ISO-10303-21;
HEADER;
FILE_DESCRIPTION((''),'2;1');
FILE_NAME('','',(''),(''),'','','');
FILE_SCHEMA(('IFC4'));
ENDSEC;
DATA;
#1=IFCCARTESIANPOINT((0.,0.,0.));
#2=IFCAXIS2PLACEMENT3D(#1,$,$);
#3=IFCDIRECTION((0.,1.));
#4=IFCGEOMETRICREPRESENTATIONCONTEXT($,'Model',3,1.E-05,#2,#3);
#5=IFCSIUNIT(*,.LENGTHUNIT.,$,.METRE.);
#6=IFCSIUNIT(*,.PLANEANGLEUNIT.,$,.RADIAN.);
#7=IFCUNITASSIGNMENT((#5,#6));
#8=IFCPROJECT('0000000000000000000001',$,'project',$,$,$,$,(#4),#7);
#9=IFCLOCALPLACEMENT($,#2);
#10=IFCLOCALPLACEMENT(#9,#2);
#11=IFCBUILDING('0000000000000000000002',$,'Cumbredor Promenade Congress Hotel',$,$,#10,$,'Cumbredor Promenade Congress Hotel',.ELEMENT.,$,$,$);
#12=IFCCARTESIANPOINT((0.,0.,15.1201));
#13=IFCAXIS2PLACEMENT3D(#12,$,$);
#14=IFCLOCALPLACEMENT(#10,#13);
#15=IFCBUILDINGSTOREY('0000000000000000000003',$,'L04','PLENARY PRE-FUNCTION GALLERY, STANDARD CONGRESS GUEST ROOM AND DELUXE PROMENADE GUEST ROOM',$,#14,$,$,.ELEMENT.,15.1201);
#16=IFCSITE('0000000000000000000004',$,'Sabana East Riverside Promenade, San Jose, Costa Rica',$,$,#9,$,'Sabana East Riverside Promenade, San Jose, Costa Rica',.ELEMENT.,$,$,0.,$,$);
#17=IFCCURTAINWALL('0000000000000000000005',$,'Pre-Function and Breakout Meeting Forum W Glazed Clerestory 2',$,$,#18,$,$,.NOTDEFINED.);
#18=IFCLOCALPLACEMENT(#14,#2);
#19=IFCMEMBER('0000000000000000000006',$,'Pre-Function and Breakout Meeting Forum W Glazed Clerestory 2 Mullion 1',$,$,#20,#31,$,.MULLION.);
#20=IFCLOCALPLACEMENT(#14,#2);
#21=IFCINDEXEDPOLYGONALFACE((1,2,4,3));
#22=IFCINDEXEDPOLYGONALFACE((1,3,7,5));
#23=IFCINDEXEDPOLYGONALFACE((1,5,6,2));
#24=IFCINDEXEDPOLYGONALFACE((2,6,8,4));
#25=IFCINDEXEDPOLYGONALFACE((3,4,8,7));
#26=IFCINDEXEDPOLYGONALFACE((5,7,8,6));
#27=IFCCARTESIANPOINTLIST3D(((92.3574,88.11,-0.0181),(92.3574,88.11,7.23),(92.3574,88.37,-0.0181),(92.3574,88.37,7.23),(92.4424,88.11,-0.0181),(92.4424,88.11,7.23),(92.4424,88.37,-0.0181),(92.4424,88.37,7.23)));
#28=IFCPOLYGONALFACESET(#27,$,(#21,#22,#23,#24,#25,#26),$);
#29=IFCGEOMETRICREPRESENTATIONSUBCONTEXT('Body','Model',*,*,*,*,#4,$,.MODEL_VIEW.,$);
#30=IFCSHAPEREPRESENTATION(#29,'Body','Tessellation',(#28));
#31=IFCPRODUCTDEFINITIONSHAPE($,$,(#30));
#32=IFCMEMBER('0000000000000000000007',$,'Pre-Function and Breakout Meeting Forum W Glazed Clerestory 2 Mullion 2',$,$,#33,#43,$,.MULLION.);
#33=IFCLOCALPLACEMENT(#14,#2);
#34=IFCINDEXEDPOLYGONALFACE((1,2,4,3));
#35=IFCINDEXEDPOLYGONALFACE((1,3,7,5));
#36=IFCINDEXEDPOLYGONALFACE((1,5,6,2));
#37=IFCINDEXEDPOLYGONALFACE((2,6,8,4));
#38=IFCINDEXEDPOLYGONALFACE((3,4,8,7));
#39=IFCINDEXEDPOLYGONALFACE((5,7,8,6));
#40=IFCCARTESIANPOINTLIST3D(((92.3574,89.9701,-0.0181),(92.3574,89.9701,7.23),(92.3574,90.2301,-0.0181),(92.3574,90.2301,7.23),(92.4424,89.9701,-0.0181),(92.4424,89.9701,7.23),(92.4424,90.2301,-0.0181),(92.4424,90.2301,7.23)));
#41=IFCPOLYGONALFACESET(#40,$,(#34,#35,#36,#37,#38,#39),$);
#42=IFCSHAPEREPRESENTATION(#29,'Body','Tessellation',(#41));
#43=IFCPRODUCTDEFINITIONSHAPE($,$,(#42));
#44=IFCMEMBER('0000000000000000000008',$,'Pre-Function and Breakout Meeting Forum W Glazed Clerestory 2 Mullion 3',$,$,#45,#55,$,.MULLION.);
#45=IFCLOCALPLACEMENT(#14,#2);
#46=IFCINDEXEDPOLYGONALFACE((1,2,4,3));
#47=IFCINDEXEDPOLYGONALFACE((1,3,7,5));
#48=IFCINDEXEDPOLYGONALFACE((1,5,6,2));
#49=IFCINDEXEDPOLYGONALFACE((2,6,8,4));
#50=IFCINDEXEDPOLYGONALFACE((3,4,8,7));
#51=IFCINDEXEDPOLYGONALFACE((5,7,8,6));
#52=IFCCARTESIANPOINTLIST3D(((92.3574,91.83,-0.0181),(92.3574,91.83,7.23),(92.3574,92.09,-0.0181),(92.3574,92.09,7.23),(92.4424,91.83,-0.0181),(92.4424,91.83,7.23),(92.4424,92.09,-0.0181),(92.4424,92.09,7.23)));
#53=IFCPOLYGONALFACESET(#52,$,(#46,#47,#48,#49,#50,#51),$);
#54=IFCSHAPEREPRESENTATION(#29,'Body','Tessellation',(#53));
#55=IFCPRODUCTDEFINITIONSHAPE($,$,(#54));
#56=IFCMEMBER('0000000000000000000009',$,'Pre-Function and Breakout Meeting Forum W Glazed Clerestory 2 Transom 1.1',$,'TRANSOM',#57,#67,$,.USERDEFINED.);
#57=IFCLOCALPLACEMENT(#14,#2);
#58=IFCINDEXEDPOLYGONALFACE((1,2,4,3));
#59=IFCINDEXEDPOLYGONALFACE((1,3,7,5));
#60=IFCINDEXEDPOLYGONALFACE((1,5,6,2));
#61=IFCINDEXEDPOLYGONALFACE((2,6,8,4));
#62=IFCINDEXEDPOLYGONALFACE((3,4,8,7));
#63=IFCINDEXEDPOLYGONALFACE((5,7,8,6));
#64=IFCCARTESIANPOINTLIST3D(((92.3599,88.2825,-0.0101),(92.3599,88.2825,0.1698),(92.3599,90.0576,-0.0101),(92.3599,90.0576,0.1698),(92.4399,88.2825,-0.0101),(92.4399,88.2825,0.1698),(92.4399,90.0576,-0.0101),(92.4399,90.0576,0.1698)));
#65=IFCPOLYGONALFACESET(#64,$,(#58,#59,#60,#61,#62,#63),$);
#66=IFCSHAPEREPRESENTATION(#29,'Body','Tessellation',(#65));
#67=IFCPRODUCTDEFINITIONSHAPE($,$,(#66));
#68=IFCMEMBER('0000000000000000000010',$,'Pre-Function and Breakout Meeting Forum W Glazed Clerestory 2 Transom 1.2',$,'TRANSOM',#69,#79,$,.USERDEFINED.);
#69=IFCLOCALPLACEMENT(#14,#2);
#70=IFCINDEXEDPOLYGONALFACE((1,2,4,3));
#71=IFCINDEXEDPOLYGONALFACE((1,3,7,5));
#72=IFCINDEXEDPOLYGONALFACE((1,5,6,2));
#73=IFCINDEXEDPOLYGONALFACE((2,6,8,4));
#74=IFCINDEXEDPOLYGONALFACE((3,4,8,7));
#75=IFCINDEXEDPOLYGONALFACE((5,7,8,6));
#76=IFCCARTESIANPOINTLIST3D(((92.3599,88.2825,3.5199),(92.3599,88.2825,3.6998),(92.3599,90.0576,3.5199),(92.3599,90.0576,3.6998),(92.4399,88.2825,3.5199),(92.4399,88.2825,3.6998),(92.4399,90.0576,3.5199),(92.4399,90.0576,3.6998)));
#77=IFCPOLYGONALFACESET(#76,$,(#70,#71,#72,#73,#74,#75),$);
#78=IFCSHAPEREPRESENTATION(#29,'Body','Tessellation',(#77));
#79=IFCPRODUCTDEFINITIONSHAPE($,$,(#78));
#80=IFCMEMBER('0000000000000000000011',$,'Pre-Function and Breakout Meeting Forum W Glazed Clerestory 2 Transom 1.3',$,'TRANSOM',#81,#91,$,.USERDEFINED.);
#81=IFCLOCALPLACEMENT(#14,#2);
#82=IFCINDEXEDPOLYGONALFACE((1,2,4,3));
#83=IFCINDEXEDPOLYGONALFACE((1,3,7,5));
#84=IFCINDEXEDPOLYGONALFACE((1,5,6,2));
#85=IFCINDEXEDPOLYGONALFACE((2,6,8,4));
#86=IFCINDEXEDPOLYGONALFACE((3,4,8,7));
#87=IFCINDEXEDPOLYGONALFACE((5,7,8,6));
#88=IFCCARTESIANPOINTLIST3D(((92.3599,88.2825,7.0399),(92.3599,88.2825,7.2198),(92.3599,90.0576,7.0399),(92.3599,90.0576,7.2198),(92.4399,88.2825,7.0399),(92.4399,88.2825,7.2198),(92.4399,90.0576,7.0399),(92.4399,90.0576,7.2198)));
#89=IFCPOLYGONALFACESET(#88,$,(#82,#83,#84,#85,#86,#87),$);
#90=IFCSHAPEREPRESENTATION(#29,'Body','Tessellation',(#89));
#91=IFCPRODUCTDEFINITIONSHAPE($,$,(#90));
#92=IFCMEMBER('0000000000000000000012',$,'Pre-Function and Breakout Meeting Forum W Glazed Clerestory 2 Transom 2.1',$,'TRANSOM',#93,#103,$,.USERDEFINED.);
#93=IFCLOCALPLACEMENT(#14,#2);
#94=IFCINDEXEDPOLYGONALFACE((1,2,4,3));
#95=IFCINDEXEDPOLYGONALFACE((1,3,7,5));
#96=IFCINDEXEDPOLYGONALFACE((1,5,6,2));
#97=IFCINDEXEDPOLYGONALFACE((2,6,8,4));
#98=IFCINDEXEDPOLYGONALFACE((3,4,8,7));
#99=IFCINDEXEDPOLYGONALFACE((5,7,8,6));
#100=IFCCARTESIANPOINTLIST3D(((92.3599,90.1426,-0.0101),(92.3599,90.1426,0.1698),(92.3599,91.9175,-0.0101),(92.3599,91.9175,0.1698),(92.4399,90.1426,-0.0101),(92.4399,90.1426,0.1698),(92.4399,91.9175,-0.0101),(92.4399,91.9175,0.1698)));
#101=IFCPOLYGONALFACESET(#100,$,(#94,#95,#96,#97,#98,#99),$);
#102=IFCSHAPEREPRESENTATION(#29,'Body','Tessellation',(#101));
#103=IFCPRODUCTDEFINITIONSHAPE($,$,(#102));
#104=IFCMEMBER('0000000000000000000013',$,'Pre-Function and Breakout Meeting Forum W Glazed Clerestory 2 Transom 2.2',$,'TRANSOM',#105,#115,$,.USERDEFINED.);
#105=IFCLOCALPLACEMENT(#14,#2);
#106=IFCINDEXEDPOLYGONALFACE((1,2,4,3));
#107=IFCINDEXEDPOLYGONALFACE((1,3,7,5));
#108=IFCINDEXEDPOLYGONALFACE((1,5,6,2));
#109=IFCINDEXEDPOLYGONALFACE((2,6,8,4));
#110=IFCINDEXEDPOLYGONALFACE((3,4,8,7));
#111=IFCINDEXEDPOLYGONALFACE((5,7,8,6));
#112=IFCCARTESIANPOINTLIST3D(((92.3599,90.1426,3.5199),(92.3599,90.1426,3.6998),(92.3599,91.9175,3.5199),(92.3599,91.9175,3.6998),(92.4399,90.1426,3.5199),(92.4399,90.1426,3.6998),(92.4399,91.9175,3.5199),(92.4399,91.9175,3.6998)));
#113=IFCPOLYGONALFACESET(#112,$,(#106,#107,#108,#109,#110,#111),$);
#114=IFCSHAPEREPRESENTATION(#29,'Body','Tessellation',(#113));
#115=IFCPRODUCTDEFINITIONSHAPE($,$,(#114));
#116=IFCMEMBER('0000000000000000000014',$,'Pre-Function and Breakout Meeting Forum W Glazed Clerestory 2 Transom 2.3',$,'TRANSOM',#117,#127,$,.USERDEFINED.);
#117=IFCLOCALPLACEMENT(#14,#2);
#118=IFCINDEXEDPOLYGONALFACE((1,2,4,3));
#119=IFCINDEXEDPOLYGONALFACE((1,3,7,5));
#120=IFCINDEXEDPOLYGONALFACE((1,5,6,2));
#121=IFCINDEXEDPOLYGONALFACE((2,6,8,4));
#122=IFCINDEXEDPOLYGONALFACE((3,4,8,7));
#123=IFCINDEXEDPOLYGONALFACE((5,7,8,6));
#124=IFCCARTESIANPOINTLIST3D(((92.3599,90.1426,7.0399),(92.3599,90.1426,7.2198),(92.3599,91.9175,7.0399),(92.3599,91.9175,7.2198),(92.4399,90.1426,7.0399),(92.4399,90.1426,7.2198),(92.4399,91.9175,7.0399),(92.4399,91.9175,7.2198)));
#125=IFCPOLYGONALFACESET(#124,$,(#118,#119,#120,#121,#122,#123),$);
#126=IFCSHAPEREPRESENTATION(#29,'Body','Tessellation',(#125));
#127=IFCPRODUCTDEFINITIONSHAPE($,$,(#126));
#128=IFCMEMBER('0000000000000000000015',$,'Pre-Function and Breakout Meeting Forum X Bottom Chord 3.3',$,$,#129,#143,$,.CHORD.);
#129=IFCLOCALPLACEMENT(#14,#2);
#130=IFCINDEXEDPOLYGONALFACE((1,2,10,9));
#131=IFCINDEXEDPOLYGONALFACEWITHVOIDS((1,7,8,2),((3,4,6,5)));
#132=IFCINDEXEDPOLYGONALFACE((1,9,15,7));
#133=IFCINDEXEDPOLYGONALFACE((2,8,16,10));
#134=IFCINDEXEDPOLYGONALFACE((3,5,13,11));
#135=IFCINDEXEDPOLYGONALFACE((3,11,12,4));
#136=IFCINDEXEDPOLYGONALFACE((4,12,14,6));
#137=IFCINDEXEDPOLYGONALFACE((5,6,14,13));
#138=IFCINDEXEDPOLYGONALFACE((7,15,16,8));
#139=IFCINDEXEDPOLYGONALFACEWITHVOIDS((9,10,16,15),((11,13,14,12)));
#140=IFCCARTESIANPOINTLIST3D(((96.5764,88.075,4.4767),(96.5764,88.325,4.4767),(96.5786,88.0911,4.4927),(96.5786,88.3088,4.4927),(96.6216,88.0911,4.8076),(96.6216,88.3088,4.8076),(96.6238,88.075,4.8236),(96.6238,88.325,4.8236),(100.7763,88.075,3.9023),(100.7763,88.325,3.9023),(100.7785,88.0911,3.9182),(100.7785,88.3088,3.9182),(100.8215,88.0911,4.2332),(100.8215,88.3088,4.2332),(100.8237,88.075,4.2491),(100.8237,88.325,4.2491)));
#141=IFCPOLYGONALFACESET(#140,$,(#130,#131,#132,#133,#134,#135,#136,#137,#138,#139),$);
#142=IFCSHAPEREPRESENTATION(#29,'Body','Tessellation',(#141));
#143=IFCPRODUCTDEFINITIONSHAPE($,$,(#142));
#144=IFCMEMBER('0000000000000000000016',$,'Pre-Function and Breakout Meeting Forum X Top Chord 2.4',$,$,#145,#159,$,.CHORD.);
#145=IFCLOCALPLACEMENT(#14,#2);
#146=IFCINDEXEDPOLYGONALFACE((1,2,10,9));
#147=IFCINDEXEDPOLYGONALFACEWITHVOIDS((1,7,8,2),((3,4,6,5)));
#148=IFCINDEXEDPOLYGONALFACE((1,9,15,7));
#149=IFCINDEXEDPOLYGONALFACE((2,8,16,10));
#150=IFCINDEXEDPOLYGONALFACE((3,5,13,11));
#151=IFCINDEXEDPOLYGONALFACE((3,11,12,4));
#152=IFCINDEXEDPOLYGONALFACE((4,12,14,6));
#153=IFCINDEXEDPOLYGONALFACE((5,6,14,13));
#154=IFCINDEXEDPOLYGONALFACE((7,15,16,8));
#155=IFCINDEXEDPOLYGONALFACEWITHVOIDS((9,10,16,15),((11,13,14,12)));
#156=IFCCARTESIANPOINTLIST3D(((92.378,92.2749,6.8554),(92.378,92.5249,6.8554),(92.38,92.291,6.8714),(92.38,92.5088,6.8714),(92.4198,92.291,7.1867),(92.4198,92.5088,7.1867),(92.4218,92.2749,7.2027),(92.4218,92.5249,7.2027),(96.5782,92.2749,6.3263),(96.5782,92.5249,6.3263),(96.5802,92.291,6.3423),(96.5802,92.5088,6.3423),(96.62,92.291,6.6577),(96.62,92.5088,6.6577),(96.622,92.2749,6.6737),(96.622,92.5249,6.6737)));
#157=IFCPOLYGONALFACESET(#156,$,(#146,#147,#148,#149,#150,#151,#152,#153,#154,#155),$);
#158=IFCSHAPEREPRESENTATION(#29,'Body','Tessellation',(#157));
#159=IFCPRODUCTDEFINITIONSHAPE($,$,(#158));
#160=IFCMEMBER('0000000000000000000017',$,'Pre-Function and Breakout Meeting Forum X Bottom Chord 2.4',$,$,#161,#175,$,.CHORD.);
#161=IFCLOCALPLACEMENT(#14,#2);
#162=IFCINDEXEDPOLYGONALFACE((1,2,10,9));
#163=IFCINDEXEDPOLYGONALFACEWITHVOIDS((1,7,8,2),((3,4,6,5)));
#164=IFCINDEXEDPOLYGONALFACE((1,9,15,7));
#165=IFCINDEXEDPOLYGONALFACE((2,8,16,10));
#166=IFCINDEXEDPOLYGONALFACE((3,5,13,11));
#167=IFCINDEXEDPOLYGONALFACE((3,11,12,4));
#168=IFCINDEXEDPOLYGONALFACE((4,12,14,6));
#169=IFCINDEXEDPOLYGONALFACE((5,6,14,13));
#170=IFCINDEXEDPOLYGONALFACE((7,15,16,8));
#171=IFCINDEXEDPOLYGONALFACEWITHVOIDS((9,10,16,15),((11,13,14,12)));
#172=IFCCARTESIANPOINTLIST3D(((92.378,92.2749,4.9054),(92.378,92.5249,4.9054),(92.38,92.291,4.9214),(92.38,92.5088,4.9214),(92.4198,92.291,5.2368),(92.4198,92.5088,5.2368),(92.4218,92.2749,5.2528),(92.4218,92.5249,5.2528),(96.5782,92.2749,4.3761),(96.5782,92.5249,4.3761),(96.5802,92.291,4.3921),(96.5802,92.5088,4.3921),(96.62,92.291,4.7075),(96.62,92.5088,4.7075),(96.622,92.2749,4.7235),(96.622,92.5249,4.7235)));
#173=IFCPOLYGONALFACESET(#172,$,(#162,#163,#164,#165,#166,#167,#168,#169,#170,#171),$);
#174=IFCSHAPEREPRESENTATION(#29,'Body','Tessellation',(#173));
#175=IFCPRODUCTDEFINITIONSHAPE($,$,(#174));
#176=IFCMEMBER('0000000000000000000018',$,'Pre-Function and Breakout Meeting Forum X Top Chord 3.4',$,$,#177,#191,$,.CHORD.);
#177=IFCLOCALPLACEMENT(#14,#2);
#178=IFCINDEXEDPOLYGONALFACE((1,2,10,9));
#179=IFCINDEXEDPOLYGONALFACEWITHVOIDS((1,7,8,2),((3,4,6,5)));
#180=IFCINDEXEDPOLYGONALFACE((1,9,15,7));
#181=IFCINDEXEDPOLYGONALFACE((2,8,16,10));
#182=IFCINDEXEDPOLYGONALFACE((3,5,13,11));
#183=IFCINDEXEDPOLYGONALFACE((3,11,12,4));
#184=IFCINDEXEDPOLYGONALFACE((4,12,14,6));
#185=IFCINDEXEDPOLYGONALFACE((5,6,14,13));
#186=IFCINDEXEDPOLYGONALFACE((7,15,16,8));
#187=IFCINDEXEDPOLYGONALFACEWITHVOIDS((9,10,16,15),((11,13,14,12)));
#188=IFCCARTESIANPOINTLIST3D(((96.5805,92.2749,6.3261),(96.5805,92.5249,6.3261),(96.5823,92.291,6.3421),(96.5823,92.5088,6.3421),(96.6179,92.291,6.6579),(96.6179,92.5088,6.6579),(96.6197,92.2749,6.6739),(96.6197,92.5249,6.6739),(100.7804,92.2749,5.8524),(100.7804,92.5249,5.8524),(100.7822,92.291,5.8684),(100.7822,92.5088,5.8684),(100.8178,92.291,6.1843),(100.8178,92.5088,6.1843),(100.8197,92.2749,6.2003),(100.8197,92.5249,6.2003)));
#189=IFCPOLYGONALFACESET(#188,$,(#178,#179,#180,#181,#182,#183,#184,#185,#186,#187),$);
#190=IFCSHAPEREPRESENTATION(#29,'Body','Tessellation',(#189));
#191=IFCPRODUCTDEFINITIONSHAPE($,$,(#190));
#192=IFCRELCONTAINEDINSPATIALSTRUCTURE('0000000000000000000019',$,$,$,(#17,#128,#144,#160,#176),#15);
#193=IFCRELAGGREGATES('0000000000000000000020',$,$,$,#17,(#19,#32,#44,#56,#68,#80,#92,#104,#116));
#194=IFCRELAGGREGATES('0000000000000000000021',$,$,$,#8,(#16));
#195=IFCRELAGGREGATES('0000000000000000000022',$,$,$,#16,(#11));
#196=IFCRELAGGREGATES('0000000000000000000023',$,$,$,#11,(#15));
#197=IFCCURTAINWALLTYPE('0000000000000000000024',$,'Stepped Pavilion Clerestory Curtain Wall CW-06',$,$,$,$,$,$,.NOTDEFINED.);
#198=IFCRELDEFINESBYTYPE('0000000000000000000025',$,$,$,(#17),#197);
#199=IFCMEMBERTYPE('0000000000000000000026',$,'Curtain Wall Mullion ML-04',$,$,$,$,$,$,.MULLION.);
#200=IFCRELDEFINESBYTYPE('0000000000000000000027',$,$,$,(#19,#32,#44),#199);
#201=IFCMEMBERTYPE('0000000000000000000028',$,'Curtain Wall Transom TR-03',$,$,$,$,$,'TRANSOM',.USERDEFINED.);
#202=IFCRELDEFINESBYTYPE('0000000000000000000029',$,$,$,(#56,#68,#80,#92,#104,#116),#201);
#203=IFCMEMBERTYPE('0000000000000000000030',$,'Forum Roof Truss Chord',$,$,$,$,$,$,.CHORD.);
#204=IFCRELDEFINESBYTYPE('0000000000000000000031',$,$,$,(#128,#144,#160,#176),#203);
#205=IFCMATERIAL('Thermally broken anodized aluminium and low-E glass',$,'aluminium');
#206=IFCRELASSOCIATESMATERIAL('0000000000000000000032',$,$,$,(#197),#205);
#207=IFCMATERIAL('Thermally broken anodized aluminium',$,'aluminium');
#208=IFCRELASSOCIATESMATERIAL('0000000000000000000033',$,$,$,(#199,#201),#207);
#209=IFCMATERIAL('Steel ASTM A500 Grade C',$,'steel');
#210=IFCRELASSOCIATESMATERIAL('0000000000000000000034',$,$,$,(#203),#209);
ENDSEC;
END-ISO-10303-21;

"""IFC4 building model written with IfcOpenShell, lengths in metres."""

from ifc_helpers import new_model, si_unit, direction, frame, origin, origin_2d, place, context, subcontext, project, spatial, rectangle, hollow_rectangle, extrude, material, material_profile, profile_set, type_object, element, aggregate, save


model = new_model("IFC4")

# Units and contexts
model_context = context("Model", 3, precision=1e-05, world=origin(), true_north=direction((0.0, 1.0)))
body_context = subcontext(model_context, "Body", "Model", "MODEL_VIEW")
ifc_project = project(units=[si_unit("LENGTHUNIT", "METRE"), si_unit("PLANEANGLEUNIT", "RADIAN")], contexts=[model_context])

# Site, building, storey
site_placement = place(None, origin())
site = spatial("IfcSite", under=ifc_project, at=site_placement, Name="Sabana East Riverside Promenade, San Jose, Costa Rica", LongName="Sabana East Riverside Promenade, San Jose, Costa Rica", CompositionType="ELEMENT", RefElevation=0.0)
building_placement = place(site_placement, origin())
building = spatial("IfcBuilding", under=site, at=building_placement, Name="Cumbredor Promenade Congress Hotel", LongName="Cumbredor Promenade Congress Hotel", CompositionType="ELEMENT")
storey_placement = place(building_placement, frame((0.0, 0.0, 15.1201)))
storey = spatial("IfcBuildingStorey", under=building, at=storey_placement, Name="L04", Description="PLENARY PRE-FUNCTION GALLERY, STANDARD CONGRESS GUEST ROOM AND DELUXE PROMENADE GUEST ROOM", CompositionType="ELEMENT", Elevation=15.1201)

# Curtain wall, members
ifc_material_1 = material(Name="Thermally broken anodized aluminium and low-E glass", Category="aluminium")
curtain_wall_type = type_object("IfcCurtainWallType", Name="Stepped Pavilion Clerestory Curtain Wall CW-06", PredefinedType="NOTDEFINED", material=ifc_material_1)
curtain_wall_placement = place(storey_placement, origin())
curtain_wall = element("IfcCurtainWall", 1, at=curtain_wall_placement, inside=storey, type_object=curtain_wall_type, Name="Pre-Function and Breakout Meeting Forum W Glazed Clerestory 2", PredefinedType="NOTDEFINED")
ifc_material_2 = material(Name="Thermally broken anodized aluminium", Category="aluminium")
ifc_material_profile_1 = material_profile(ifc_material_2, rectangle(XDim=0.085, YDim=0.26, at=origin_2d()), Name="ALU MULLION CLERESTORY 85x260")
ifc_profile_set_1 = profile_set([ifc_material_profile_1], Name="Thermally broken anodized aluminium")
member_type_1 = type_object("IfcMemberType", Name="Curtain Wall Mullion ML-04", PredefinedType="MULLION", material=ifc_profile_set_1)
member_1_placement = place(storey_placement, frame((92.3999, 88.24, -0.0181), z_axis=(0.0, 0.0, 1.0), x_axis=(1.0, 0.0, 0.0)))
member_1 = element("IfcMember", 2, at=member_1_placement, type_object=member_type_1, Name="Pre-Function and Breakout Meeting Forum W Glazed Clerestory 2 Mullion 1", PredefinedType="MULLION", context=body_context, shape_type="SweptSolid", body=[
    extrude(rectangle(XDim=0.085, YDim=0.26, at=origin_2d()), origin(), (0.0, 0.0, 1.0), 7.248),
])
member_2_placement = place(storey_placement, frame((92.3999, 90.1001, -0.0181), z_axis=(0.0, 0.0, 1.0), x_axis=(1.0, 0.0, 0.0)))
member_2 = element("IfcMember", 3, at=member_2_placement, type_object=member_type_1, Name="Pre-Function and Breakout Meeting Forum W Glazed Clerestory 2 Mullion 2", PredefinedType="MULLION", context=body_context, shape_type="SweptSolid", body=[
    extrude(rectangle(XDim=0.085, YDim=0.26, at=origin_2d()), origin(), (0.0, 0.0, 1.0), 7.248),
])
member_3_placement = place(storey_placement, frame((92.3999, 91.96, -0.0181), z_axis=(0.0, 0.0, 1.0), x_axis=(1.0, 0.0, 0.0)))
member_3 = element("IfcMember", 4, at=member_3_placement, type_object=member_type_1, Name="Pre-Function and Breakout Meeting Forum W Glazed Clerestory 2 Mullion 3", PredefinedType="MULLION", context=body_context, shape_type="SweptSolid", body=[
    extrude(rectangle(XDim=0.085, YDim=0.26, at=origin_2d()), origin(), (0.0, 0.0, 1.0), 7.248),
])
ifc_material_profile_2 = material_profile(ifc_material_2, rectangle(XDim=0.0801, YDim=0.1799, at=origin_2d()), Name="ALU TRANSOM 80x180")
ifc_profile_set_2 = profile_set([ifc_material_profile_2], Name="Thermally broken anodized aluminium")
member_type_2 = type_object("IfcMemberType", Name="Curtain Wall Transom TR-03", ElementType="TRANSOM", PredefinedType="USERDEFINED", material=ifc_profile_set_2)
member_4_placement = place(storey_placement, frame((92.3999, 88.2825, 0.0798), z_axis=(0.0, 1.0, 0.0), x_axis=(-1.0, 0.0, 0.0)))
member_4 = element("IfcMember", 5, at=member_4_placement, type_object=member_type_2, Name="Pre-Function and Breakout Meeting Forum W Glazed Clerestory 2 Transom 1.1", ObjectType="TRANSOM", PredefinedType="USERDEFINED", context=body_context, shape_type="SweptSolid", body=[
    extrude(rectangle(XDim=0.0801, YDim=0.1799, at=origin_2d()), origin(), (0.0, 0.0, 1.0), 1.7751),
])
member_5_placement = place(storey_placement, frame((92.3999, 88.2825, 3.6099), z_axis=(0.0, 1.0, 0.0), x_axis=(-1.0, 0.0, 0.0)))
member_5 = element("IfcMember", 6, at=member_5_placement, type_object=member_type_2, Name="Pre-Function and Breakout Meeting Forum W Glazed Clerestory 2 Transom 1.2", ObjectType="TRANSOM", PredefinedType="USERDEFINED", context=body_context, shape_type="SweptSolid", body=[
    extrude(rectangle(XDim=0.0801, YDim=0.1799, at=origin_2d()), origin(), (0.0, 0.0, 1.0), 1.7751),
])
member_6_placement = place(storey_placement, frame((92.3999, 88.2825, 7.1299), z_axis=(0.0, 1.0, 0.0), x_axis=(-1.0, 0.0, 0.0)))
member_6 = element("IfcMember", 7, at=member_6_placement, type_object=member_type_2, Name="Pre-Function and Breakout Meeting Forum W Glazed Clerestory 2 Transom 1.3", ObjectType="TRANSOM", PredefinedType="USERDEFINED", context=body_context, shape_type="SweptSolid", body=[
    extrude(rectangle(XDim=0.0801, YDim=0.1799, at=origin_2d()), origin(), (0.0, 0.0, 1.0), 1.7751),
])
member_7_placement = place(storey_placement, frame((92.3999, 90.1426, 0.0798), z_axis=(0.0, 1.0, 0.0), x_axis=(-1.0, 0.0, 0.0)))
member_7 = element("IfcMember", 8, at=member_7_placement, type_object=member_type_2, Name="Pre-Function and Breakout Meeting Forum W Glazed Clerestory 2 Transom 2.1", ObjectType="TRANSOM", PredefinedType="USERDEFINED", context=body_context, shape_type="SweptSolid", body=[
    extrude(rectangle(XDim=0.0801, YDim=0.1799, at=origin_2d()), origin(), (0.0, 0.0, 1.0), 1.7749),
])
member_8_placement = place(storey_placement, frame((92.3999, 90.1426, 3.6099), z_axis=(0.0, 1.0, 0.0), x_axis=(-1.0, 0.0, 0.0)))
member_8 = element("IfcMember", 9, at=member_8_placement, type_object=member_type_2, Name="Pre-Function and Breakout Meeting Forum W Glazed Clerestory 2 Transom 2.2", ObjectType="TRANSOM", PredefinedType="USERDEFINED", context=body_context, shape_type="SweptSolid", body=[
    extrude(rectangle(XDim=0.0801, YDim=0.1799, at=origin_2d()), origin(), (0.0, 0.0, 1.0), 1.7749),
])
member_9_placement = place(storey_placement, frame((92.3999, 90.1426, 7.1299), z_axis=(0.0, 1.0, 0.0), x_axis=(-1.0, 0.0, 0.0)))
member_9 = element("IfcMember", 10, at=member_9_placement, type_object=member_type_2, Name="Pre-Function and Breakout Meeting Forum W Glazed Clerestory 2 Transom 2.3", ObjectType="TRANSOM", PredefinedType="USERDEFINED", context=body_context, shape_type="SweptSolid", body=[
    extrude(rectangle(XDim=0.0801, YDim=0.1799, at=origin_2d()), origin(), (0.0, 0.0, 1.0), 1.7749),
])

# Members
ifc_material_3 = material(Name="Steel ASTM A500 Grade C", Category="steel")
ifc_material_profile_3 = material_profile(ifc_material_3, hollow_rectangle(XDim=0.25, YDim=0.3501, WallThickness=0.0161, at=origin_2d()), Name="HSS 350x250x16")
ifc_profile_set_3 = profile_set([ifc_material_profile_3], Name="Steel ASTM A500 Grade C")
member_type_3 = type_object("IfcMemberType", Name="Forum Roof Truss Chord", PredefinedType="CHORD", material=ifc_profile_set_3)
member_10_placement = place(storey_placement, frame((96.6001, 88.2, 4.6501), z_axis=(0.990775, 0.0, -0.135517), x_axis=(0.0, 1.0, 0.0)))
element("IfcMember", 11, at=member_10_placement, inside=storey, type_object=member_type_3, Name="Pre-Function and Breakout Meeting Forum X Bottom Chord 3.3", PredefinedType="CHORD", context=body_context, shape_type="SweptSolid", body=[
    extrude(hollow_rectangle(XDim=0.25, YDim=0.3501, WallThickness=0.0161, at=origin_2d()), origin(), (0.0, 0.0, 1.0), 4.239),
])
for number, where, z_axis, x_axis, name in (
    (12, (92.3999, 92.3999, 7.0291), (0.99216, 0.0, -0.124972), (0.0, 1.0, 0.0), "Pre-Function and Breakout Meeting Forum X Top Chord 2.4"),
    (13, (92.3999, 92.3999, 5.0791), (0.992153, 0.0, -0.125028), (0.0, 1.0, 0.0), "Pre-Function and Breakout Meeting Forum X Bottom Chord 2.4"),
):
    element("IfcMember", number, at=place(storey_placement, frame(where, z_axis=z_axis, x_axis=x_axis)), inside=storey, type_object=member_type_3, Name=name, PredefinedType="CHORD", context=body_context, shape_type="SweptSolid", body=[
        extrude(hollow_rectangle(XDim=0.25, YDim=0.3501, WallThickness=0.0161, at=origin_2d()), origin(), (0.0, 0.0, 1.0), 4.2334),
    ])
for number, where, z_axis, x_axis, name in (
    (14, (96.6001, 92.3999, 6.5), (0.993701, 0.0, -0.112061), (0.0, 1.0, 0.0), "Pre-Function and Breakout Meeting Forum X Top Chord 3.4"),
):
    element("IfcMember", number, at=place(storey_placement, frame(where, z_axis=z_axis, x_axis=x_axis)), inside=storey, type_object=member_type_3, Name=name, PredefinedType="CHORD", context=body_context, shape_type="SweptSolid", body=[
        extrude(hollow_rectangle(XDim=0.25, YDim=0.3501, WallThickness=0.0161, at=origin_2d()), origin(), (0.0, 0.0, 1.0), 4.2266),
    ])

aggregate(curtain_wall, [member_1, member_2, member_3, member_4, member_5, member_6, member_7, member_8, member_9])

save(model, "model.ifc")
